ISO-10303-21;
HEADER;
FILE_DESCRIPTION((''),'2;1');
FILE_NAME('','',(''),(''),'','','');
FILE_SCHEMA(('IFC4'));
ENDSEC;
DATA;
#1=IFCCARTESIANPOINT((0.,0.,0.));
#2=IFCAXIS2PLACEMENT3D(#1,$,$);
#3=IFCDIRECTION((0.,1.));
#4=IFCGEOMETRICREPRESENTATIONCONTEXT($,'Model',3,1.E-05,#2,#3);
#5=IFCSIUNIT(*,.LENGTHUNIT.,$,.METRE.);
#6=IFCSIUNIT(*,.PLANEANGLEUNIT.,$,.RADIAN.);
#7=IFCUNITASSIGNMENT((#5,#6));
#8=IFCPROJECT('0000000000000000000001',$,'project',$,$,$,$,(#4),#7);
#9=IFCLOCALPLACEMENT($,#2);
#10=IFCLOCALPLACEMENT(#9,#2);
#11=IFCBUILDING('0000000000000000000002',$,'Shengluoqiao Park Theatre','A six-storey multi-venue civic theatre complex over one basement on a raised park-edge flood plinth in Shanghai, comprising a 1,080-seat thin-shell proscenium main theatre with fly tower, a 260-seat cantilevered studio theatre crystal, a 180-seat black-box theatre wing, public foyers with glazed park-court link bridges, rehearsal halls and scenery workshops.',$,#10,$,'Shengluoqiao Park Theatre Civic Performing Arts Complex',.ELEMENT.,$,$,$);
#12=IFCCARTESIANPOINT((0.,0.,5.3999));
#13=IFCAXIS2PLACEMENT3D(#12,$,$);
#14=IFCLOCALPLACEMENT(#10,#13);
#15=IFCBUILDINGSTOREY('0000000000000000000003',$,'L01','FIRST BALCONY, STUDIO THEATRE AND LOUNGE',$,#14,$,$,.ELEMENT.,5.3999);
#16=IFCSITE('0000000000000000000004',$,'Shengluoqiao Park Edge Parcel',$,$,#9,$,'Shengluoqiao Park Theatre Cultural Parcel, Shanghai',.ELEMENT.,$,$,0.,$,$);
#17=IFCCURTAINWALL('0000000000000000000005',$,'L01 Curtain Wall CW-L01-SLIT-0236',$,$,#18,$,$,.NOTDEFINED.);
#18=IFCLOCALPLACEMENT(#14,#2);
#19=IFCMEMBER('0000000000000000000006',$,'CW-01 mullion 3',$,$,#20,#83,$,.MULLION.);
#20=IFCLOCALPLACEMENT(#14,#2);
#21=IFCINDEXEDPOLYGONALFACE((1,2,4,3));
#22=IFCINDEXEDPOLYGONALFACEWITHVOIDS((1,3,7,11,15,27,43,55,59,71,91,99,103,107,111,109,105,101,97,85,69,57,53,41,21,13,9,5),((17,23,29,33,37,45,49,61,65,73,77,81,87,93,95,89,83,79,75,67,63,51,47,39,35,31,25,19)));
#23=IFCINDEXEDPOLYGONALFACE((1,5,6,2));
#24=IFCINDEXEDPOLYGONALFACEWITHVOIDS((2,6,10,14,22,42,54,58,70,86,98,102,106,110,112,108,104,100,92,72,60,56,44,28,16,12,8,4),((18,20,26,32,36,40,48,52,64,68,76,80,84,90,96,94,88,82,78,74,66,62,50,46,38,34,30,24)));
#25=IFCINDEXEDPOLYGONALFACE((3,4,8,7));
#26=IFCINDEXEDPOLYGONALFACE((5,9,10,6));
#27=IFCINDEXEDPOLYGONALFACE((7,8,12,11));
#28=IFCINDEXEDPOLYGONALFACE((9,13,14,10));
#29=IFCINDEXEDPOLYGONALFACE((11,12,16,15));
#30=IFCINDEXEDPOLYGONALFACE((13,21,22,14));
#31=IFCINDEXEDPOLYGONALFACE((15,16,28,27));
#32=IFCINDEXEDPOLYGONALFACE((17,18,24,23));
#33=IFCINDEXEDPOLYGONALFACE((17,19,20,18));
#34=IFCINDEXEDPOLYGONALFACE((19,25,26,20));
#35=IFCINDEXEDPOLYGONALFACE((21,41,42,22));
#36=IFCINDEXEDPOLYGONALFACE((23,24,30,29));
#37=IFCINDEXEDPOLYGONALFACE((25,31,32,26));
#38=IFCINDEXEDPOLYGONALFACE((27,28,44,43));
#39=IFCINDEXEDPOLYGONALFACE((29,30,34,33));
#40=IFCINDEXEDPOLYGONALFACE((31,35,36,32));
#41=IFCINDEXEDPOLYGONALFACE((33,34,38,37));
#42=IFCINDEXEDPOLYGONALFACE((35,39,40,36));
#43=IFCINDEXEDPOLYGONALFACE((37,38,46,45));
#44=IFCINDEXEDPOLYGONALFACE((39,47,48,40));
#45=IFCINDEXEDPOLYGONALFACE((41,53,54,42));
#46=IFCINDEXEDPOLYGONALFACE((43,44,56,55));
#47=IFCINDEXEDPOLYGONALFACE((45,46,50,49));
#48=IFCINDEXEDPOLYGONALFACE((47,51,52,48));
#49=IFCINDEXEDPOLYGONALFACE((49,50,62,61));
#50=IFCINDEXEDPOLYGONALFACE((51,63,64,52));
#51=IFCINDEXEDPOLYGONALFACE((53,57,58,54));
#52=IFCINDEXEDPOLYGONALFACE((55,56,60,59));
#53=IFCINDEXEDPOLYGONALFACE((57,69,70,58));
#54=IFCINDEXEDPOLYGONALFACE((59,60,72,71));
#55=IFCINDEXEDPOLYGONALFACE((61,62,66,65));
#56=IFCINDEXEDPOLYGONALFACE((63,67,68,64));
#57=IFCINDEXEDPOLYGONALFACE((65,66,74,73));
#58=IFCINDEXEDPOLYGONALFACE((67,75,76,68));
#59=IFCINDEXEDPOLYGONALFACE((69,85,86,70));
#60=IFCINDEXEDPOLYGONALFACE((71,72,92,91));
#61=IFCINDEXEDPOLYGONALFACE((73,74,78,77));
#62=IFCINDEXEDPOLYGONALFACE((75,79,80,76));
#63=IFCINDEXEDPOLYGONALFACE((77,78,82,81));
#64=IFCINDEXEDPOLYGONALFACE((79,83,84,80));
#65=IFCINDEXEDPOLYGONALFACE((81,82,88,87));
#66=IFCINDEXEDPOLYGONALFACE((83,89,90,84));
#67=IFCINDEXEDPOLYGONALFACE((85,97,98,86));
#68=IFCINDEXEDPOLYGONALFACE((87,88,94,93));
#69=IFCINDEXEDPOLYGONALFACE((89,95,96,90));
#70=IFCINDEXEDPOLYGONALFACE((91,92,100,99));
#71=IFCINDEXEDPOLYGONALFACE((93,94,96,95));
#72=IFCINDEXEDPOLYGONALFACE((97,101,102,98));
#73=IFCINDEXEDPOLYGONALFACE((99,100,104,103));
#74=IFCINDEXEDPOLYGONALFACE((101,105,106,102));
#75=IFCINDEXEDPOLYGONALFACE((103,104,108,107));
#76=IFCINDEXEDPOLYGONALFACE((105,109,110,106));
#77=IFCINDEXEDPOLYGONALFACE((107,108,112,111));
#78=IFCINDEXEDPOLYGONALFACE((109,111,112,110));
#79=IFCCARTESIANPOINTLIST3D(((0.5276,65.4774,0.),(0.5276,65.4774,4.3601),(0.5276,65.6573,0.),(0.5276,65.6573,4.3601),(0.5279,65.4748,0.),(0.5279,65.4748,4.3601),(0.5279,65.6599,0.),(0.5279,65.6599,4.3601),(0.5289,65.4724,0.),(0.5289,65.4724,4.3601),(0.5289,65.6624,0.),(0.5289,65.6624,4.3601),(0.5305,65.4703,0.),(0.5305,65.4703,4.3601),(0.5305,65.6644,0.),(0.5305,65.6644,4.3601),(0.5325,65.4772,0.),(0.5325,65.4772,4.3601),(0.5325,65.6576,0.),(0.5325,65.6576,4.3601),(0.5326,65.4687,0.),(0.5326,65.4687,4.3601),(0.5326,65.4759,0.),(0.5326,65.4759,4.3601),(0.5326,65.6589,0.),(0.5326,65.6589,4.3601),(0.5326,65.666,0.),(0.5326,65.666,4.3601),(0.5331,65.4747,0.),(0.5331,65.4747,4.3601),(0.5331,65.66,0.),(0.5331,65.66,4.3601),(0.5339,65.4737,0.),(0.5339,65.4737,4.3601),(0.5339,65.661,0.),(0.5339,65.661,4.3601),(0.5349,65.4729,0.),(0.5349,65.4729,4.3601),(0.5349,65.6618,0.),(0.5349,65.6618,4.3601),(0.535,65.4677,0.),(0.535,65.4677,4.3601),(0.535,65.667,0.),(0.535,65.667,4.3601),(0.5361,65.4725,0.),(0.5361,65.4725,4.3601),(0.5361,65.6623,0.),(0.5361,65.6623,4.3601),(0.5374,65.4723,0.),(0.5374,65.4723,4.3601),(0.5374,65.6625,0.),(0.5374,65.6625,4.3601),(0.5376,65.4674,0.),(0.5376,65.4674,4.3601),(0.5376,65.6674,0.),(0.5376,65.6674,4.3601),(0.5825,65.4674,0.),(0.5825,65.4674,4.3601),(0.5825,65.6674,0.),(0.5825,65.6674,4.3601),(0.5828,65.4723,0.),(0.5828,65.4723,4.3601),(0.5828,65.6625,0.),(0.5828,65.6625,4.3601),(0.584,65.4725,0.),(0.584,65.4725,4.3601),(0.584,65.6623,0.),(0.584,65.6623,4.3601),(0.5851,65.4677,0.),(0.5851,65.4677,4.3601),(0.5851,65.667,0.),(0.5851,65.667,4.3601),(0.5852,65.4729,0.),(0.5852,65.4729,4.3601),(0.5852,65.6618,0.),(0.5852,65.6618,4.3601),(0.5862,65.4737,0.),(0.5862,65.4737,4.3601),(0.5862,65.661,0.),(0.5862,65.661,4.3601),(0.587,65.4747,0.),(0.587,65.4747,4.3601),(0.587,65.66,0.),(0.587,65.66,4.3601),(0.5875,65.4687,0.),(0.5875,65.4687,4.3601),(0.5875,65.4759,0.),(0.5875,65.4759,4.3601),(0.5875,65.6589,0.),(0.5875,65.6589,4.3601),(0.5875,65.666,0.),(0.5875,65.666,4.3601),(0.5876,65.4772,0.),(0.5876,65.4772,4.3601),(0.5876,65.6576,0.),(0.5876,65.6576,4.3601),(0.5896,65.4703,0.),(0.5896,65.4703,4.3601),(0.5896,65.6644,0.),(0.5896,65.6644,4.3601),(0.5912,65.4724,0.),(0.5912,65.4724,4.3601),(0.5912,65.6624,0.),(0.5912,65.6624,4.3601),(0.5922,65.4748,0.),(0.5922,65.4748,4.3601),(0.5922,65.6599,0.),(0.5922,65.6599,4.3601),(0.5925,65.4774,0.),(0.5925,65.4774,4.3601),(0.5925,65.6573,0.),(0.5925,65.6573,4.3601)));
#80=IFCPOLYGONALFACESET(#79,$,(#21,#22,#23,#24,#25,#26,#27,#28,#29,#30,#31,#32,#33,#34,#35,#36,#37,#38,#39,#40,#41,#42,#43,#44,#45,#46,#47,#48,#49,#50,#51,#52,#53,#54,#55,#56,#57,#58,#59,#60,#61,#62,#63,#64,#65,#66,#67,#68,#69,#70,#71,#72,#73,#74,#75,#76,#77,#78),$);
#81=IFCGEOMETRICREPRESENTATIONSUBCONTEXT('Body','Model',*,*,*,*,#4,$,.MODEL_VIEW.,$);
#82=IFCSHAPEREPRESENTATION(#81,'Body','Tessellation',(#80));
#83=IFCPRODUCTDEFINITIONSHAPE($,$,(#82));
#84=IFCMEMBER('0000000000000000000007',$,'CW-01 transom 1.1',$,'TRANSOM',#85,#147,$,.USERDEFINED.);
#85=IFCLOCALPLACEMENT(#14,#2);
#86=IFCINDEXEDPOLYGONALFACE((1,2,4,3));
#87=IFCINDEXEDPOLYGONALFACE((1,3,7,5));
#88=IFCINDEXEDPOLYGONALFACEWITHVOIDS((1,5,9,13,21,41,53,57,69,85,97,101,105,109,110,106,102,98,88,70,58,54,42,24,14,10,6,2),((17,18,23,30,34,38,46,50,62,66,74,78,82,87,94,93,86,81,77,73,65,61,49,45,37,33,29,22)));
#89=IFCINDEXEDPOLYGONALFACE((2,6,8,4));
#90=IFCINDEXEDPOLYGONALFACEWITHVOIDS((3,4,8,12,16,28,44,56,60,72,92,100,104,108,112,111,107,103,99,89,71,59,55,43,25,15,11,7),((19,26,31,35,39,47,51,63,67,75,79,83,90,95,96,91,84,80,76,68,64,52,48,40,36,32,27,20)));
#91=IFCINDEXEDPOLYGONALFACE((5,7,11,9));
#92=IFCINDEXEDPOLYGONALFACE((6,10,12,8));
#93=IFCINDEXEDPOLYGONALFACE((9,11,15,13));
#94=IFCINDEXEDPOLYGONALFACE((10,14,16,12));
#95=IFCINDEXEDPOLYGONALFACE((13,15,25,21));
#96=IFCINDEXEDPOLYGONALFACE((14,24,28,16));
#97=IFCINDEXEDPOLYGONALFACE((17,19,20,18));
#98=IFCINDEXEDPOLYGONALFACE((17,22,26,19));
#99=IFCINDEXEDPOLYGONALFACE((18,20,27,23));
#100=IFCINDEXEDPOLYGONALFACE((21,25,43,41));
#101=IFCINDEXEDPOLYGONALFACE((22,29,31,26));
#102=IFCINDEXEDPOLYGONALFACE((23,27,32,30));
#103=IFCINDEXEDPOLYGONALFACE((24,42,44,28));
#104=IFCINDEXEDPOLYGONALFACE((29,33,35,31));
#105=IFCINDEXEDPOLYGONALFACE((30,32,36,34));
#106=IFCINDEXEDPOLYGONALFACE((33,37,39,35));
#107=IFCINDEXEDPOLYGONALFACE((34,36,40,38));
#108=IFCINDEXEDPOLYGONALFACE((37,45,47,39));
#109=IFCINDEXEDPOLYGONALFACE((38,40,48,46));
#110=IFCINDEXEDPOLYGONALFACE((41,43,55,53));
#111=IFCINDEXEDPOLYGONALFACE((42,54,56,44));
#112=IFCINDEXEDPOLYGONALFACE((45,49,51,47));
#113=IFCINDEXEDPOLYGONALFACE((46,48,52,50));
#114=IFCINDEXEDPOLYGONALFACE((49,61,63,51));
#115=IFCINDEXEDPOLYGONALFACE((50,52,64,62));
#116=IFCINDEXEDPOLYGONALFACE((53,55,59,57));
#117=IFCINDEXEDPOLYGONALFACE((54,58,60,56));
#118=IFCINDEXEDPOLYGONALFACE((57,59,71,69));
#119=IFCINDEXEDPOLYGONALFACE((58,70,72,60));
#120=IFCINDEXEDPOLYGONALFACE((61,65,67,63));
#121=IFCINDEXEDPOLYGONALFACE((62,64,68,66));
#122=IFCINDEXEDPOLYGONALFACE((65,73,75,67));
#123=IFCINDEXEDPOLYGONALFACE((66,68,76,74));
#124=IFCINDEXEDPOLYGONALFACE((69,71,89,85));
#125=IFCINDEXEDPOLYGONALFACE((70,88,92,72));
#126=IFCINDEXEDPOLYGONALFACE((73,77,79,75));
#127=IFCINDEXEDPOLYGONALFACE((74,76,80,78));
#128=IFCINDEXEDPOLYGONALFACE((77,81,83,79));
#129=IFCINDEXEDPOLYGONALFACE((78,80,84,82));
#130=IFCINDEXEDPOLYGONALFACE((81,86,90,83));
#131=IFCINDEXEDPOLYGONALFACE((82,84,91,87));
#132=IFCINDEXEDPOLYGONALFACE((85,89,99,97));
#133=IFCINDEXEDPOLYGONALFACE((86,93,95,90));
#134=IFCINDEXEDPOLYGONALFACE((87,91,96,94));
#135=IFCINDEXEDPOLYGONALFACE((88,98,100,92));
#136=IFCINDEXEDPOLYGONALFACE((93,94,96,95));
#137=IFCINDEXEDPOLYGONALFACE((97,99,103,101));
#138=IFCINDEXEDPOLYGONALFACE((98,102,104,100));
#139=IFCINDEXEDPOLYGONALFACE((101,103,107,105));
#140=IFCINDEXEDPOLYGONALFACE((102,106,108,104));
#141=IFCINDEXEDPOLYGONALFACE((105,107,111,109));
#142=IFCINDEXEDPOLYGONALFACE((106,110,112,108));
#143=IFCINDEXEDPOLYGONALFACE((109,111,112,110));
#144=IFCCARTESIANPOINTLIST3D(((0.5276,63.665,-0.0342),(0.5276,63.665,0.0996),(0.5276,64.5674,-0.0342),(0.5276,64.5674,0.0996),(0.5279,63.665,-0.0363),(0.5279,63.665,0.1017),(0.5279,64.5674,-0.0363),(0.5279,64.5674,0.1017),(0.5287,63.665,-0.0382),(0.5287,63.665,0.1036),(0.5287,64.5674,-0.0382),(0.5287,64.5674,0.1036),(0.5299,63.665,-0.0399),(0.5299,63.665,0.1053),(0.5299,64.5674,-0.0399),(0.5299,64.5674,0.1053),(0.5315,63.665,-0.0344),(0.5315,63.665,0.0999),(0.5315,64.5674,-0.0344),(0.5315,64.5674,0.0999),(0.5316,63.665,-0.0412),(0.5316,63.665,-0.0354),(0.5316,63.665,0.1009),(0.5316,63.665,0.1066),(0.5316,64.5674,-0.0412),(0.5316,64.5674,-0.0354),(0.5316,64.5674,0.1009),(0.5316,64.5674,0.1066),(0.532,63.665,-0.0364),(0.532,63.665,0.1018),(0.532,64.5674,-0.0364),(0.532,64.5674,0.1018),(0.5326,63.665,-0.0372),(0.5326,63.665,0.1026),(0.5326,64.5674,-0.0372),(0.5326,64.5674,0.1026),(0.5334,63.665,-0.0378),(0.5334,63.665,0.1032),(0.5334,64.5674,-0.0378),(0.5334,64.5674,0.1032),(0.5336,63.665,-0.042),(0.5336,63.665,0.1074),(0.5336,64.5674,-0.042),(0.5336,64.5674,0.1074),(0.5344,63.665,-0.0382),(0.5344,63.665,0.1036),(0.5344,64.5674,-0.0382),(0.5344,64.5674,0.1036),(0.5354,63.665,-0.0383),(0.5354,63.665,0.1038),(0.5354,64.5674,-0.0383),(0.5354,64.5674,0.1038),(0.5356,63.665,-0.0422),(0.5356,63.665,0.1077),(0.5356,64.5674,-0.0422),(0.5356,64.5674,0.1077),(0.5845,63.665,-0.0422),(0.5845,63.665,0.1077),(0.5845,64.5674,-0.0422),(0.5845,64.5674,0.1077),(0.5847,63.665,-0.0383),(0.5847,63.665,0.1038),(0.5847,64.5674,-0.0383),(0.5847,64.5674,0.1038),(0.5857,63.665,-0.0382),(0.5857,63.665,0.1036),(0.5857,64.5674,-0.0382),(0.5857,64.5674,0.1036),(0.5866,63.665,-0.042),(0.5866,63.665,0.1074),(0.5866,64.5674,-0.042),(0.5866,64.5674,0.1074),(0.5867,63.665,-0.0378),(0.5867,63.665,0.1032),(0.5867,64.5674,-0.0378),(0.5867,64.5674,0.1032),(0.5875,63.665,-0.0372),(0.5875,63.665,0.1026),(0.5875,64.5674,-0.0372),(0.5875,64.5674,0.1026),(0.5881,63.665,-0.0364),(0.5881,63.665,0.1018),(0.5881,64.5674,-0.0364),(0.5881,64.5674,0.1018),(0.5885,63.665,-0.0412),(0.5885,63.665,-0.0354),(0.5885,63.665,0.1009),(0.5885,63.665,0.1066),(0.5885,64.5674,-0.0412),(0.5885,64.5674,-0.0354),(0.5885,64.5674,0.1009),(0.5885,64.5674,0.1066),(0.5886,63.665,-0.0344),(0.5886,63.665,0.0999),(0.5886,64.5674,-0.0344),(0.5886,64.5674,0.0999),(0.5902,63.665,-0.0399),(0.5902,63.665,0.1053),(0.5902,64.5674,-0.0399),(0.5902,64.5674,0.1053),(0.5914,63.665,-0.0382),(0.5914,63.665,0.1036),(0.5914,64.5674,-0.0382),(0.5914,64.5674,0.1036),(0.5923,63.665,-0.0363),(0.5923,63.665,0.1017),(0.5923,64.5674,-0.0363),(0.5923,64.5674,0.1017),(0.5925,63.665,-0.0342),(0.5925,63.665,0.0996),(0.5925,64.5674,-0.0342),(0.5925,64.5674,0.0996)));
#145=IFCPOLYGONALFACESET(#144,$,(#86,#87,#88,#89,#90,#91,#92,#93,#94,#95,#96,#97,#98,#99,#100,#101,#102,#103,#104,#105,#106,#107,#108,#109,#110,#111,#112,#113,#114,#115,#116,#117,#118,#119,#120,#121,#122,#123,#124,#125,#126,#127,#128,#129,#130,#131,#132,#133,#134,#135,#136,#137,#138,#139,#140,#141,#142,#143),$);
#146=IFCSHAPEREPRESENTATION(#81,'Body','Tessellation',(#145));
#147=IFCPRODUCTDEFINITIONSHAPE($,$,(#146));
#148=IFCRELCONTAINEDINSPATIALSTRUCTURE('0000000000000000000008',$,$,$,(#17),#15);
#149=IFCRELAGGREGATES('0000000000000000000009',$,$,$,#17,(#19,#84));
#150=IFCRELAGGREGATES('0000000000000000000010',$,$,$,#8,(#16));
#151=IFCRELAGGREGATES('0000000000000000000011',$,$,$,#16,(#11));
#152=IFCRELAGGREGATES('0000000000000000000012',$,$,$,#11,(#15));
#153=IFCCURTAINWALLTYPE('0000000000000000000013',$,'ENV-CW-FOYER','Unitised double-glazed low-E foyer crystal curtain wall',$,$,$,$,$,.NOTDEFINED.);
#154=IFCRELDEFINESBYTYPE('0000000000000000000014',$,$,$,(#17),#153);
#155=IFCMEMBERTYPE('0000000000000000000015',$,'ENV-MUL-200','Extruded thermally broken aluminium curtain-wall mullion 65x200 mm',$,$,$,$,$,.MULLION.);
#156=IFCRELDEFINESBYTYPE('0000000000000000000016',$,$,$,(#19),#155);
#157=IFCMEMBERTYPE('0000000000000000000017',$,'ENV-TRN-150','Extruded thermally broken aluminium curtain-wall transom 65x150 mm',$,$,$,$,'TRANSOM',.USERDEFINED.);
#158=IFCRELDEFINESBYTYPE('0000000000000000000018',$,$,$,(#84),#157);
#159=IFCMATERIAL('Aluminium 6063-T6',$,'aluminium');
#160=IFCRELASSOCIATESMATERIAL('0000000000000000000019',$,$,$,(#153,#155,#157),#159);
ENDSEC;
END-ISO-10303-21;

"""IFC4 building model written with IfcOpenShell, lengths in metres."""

from ifc_helpers import new_model, si_unit, direction, frame, origin, origin_2d, place, context, subcontext, project, spatial, hollow_rectangle, extrude, material, material_profile, profile_set, type_object, element, aggregate, save


model = new_model("IFC4")

# Units and contexts
model_context = context("Model", 3, precision=1e-05, world=origin(), true_north=direction((0.0, 1.0)))
body_context = subcontext(model_context, "Body", "Model", "MODEL_VIEW")
ifc_project = project(units=[si_unit("LENGTHUNIT", "METRE"), si_unit("PLANEANGLEUNIT", "RADIAN")], contexts=[model_context])

# Site, building, storey
site_placement = place(None, origin())
site = spatial("IfcSite", under=ifc_project, at=site_placement, Name="Shengluoqiao Park Edge Parcel", LongName="Shengluoqiao Park Theatre Cultural Parcel, Shanghai", CompositionType="ELEMENT", RefElevation=0.0)
building_placement = place(site_placement, origin())
building = spatial("IfcBuilding", under=site, at=building_placement, Name="Shengluoqiao Park Theatre", Description="A six-storey multi-venue civic theatre complex over one basement on a raised park-edge flood plinth in Shanghai, comprising a 1,080-seat thin-shell proscenium main theatre with fly tower, a 260-seat cantilevered studio theatre crystal, a 180-seat black-box theatre wing, public foyers with glazed park-court link bridges, rehearsal halls and scenery workshops.", LongName="Shengluoqiao Park Theatre Civic Performing Arts Complex", CompositionType="ELEMENT")
storey_placement = place(building_placement, frame((0.0, 0.0, 5.3999)))
storey = spatial("IfcBuildingStorey", under=building, at=storey_placement, Name="L01", Description="FIRST BALCONY, STUDIO THEATRE AND LOUNGE", CompositionType="ELEMENT", Elevation=5.3999)

# Curtain wall, members
ifc_material_1 = material(Name="Aluminium 6063-T6", Category="aluminium")
curtain_wall_type = type_object("IfcCurtainWallType", Name="ENV-CW-FOYER", Description="Unitised double-glazed low-E foyer crystal curtain wall", PredefinedType="NOTDEFINED", material=ifc_material_1)
curtain_wall_placement = place(storey_placement, origin())
curtain_wall = element("IfcCurtainWall", 1, at=curtain_wall_placement, inside=storey, type_object=curtain_wall_type, Name="L01 Curtain Wall CW-L01-SLIT-0236", PredefinedType="NOTDEFINED")
ifc_material_profile_1 = material_profile(ifc_material_1, hollow_rectangle(XDim=0.0649, YDim=0.2, WallThickness=0.0049, InnerFilletRadius=0.0049, OuterFilletRadius=0.01, at=origin_2d()), Name="ALU MULLION 200x65x5")
ifc_profile_set_1 = profile_set([ifc_material_profile_1], Name="Aluminium 6063-T6")
member_type_1 = type_object("IfcMemberType", Name="ENV-MUL-200", Description="Extruded thermally broken aluminium curtain-wall mullion 65x200 mm", PredefinedType="MULLION", material=ifc_profile_set_1)
member_1_placement = place(storey_placement, frame((0.5601, 65.5674, 0.0), z_axis=(0.0, 0.0, 1.0), x_axis=(-1.0, 0.0, 0.0)))
member_1 = element("IfcMember", 2, at=member_1_placement, type_object=member_type_1, Name="CW-01 mullion 3", PredefinedType="MULLION", context=body_context, shape_type="SweptSolid", body=[
    extrude(hollow_rectangle(XDim=0.0649, YDim=0.2, WallThickness=0.0049, InnerFilletRadius=0.0049, OuterFilletRadius=0.01, at=origin_2d()), origin(), (0.0, 0.0, 1.0), 4.3601),
])
ifc_material_profile_2 = material_profile(ifc_material_1, hollow_rectangle(XDim=0.0649, YDim=0.1499, WallThickness=0.0039, InnerFilletRadius=0.0039, OuterFilletRadius=0.0081, at=origin_2d()), Name="ALU TRANSOM 150x65x4")
ifc_profile_set_2 = profile_set([ifc_material_profile_2], Name="Aluminium 6063-T6")
member_type_2 = type_object("IfcMemberType", Name="ENV-TRN-150", Description="Extruded thermally broken aluminium curtain-wall transom 65x150 mm", ElementType="TRANSOM", PredefinedType="USERDEFINED", material=ifc_profile_set_2)
member_2_placement = place(storey_placement, frame((0.5601, 63.665, 0.0327), z_axis=(0.0, 1.0, 0.0), x_axis=(-1.0, 0.0, 0.0)))
member_2 = element("IfcMember", 3, at=member_2_placement, type_object=member_type_2, Name="CW-01 transom 1.1", ObjectType="TRANSOM", PredefinedType="USERDEFINED", context=body_context, shape_type="SweptSolid", body=[
    extrude(hollow_rectangle(XDim=0.0649, YDim=0.1499, WallThickness=0.0039, InnerFilletRadius=0.0039, OuterFilletRadius=0.0081, at=origin_2d()), origin(), (0.0, 0.0, 1.0), 0.9023),
])

aggregate(curtain_wall, [member_1, member_2])

save(model, "model.ifc")
